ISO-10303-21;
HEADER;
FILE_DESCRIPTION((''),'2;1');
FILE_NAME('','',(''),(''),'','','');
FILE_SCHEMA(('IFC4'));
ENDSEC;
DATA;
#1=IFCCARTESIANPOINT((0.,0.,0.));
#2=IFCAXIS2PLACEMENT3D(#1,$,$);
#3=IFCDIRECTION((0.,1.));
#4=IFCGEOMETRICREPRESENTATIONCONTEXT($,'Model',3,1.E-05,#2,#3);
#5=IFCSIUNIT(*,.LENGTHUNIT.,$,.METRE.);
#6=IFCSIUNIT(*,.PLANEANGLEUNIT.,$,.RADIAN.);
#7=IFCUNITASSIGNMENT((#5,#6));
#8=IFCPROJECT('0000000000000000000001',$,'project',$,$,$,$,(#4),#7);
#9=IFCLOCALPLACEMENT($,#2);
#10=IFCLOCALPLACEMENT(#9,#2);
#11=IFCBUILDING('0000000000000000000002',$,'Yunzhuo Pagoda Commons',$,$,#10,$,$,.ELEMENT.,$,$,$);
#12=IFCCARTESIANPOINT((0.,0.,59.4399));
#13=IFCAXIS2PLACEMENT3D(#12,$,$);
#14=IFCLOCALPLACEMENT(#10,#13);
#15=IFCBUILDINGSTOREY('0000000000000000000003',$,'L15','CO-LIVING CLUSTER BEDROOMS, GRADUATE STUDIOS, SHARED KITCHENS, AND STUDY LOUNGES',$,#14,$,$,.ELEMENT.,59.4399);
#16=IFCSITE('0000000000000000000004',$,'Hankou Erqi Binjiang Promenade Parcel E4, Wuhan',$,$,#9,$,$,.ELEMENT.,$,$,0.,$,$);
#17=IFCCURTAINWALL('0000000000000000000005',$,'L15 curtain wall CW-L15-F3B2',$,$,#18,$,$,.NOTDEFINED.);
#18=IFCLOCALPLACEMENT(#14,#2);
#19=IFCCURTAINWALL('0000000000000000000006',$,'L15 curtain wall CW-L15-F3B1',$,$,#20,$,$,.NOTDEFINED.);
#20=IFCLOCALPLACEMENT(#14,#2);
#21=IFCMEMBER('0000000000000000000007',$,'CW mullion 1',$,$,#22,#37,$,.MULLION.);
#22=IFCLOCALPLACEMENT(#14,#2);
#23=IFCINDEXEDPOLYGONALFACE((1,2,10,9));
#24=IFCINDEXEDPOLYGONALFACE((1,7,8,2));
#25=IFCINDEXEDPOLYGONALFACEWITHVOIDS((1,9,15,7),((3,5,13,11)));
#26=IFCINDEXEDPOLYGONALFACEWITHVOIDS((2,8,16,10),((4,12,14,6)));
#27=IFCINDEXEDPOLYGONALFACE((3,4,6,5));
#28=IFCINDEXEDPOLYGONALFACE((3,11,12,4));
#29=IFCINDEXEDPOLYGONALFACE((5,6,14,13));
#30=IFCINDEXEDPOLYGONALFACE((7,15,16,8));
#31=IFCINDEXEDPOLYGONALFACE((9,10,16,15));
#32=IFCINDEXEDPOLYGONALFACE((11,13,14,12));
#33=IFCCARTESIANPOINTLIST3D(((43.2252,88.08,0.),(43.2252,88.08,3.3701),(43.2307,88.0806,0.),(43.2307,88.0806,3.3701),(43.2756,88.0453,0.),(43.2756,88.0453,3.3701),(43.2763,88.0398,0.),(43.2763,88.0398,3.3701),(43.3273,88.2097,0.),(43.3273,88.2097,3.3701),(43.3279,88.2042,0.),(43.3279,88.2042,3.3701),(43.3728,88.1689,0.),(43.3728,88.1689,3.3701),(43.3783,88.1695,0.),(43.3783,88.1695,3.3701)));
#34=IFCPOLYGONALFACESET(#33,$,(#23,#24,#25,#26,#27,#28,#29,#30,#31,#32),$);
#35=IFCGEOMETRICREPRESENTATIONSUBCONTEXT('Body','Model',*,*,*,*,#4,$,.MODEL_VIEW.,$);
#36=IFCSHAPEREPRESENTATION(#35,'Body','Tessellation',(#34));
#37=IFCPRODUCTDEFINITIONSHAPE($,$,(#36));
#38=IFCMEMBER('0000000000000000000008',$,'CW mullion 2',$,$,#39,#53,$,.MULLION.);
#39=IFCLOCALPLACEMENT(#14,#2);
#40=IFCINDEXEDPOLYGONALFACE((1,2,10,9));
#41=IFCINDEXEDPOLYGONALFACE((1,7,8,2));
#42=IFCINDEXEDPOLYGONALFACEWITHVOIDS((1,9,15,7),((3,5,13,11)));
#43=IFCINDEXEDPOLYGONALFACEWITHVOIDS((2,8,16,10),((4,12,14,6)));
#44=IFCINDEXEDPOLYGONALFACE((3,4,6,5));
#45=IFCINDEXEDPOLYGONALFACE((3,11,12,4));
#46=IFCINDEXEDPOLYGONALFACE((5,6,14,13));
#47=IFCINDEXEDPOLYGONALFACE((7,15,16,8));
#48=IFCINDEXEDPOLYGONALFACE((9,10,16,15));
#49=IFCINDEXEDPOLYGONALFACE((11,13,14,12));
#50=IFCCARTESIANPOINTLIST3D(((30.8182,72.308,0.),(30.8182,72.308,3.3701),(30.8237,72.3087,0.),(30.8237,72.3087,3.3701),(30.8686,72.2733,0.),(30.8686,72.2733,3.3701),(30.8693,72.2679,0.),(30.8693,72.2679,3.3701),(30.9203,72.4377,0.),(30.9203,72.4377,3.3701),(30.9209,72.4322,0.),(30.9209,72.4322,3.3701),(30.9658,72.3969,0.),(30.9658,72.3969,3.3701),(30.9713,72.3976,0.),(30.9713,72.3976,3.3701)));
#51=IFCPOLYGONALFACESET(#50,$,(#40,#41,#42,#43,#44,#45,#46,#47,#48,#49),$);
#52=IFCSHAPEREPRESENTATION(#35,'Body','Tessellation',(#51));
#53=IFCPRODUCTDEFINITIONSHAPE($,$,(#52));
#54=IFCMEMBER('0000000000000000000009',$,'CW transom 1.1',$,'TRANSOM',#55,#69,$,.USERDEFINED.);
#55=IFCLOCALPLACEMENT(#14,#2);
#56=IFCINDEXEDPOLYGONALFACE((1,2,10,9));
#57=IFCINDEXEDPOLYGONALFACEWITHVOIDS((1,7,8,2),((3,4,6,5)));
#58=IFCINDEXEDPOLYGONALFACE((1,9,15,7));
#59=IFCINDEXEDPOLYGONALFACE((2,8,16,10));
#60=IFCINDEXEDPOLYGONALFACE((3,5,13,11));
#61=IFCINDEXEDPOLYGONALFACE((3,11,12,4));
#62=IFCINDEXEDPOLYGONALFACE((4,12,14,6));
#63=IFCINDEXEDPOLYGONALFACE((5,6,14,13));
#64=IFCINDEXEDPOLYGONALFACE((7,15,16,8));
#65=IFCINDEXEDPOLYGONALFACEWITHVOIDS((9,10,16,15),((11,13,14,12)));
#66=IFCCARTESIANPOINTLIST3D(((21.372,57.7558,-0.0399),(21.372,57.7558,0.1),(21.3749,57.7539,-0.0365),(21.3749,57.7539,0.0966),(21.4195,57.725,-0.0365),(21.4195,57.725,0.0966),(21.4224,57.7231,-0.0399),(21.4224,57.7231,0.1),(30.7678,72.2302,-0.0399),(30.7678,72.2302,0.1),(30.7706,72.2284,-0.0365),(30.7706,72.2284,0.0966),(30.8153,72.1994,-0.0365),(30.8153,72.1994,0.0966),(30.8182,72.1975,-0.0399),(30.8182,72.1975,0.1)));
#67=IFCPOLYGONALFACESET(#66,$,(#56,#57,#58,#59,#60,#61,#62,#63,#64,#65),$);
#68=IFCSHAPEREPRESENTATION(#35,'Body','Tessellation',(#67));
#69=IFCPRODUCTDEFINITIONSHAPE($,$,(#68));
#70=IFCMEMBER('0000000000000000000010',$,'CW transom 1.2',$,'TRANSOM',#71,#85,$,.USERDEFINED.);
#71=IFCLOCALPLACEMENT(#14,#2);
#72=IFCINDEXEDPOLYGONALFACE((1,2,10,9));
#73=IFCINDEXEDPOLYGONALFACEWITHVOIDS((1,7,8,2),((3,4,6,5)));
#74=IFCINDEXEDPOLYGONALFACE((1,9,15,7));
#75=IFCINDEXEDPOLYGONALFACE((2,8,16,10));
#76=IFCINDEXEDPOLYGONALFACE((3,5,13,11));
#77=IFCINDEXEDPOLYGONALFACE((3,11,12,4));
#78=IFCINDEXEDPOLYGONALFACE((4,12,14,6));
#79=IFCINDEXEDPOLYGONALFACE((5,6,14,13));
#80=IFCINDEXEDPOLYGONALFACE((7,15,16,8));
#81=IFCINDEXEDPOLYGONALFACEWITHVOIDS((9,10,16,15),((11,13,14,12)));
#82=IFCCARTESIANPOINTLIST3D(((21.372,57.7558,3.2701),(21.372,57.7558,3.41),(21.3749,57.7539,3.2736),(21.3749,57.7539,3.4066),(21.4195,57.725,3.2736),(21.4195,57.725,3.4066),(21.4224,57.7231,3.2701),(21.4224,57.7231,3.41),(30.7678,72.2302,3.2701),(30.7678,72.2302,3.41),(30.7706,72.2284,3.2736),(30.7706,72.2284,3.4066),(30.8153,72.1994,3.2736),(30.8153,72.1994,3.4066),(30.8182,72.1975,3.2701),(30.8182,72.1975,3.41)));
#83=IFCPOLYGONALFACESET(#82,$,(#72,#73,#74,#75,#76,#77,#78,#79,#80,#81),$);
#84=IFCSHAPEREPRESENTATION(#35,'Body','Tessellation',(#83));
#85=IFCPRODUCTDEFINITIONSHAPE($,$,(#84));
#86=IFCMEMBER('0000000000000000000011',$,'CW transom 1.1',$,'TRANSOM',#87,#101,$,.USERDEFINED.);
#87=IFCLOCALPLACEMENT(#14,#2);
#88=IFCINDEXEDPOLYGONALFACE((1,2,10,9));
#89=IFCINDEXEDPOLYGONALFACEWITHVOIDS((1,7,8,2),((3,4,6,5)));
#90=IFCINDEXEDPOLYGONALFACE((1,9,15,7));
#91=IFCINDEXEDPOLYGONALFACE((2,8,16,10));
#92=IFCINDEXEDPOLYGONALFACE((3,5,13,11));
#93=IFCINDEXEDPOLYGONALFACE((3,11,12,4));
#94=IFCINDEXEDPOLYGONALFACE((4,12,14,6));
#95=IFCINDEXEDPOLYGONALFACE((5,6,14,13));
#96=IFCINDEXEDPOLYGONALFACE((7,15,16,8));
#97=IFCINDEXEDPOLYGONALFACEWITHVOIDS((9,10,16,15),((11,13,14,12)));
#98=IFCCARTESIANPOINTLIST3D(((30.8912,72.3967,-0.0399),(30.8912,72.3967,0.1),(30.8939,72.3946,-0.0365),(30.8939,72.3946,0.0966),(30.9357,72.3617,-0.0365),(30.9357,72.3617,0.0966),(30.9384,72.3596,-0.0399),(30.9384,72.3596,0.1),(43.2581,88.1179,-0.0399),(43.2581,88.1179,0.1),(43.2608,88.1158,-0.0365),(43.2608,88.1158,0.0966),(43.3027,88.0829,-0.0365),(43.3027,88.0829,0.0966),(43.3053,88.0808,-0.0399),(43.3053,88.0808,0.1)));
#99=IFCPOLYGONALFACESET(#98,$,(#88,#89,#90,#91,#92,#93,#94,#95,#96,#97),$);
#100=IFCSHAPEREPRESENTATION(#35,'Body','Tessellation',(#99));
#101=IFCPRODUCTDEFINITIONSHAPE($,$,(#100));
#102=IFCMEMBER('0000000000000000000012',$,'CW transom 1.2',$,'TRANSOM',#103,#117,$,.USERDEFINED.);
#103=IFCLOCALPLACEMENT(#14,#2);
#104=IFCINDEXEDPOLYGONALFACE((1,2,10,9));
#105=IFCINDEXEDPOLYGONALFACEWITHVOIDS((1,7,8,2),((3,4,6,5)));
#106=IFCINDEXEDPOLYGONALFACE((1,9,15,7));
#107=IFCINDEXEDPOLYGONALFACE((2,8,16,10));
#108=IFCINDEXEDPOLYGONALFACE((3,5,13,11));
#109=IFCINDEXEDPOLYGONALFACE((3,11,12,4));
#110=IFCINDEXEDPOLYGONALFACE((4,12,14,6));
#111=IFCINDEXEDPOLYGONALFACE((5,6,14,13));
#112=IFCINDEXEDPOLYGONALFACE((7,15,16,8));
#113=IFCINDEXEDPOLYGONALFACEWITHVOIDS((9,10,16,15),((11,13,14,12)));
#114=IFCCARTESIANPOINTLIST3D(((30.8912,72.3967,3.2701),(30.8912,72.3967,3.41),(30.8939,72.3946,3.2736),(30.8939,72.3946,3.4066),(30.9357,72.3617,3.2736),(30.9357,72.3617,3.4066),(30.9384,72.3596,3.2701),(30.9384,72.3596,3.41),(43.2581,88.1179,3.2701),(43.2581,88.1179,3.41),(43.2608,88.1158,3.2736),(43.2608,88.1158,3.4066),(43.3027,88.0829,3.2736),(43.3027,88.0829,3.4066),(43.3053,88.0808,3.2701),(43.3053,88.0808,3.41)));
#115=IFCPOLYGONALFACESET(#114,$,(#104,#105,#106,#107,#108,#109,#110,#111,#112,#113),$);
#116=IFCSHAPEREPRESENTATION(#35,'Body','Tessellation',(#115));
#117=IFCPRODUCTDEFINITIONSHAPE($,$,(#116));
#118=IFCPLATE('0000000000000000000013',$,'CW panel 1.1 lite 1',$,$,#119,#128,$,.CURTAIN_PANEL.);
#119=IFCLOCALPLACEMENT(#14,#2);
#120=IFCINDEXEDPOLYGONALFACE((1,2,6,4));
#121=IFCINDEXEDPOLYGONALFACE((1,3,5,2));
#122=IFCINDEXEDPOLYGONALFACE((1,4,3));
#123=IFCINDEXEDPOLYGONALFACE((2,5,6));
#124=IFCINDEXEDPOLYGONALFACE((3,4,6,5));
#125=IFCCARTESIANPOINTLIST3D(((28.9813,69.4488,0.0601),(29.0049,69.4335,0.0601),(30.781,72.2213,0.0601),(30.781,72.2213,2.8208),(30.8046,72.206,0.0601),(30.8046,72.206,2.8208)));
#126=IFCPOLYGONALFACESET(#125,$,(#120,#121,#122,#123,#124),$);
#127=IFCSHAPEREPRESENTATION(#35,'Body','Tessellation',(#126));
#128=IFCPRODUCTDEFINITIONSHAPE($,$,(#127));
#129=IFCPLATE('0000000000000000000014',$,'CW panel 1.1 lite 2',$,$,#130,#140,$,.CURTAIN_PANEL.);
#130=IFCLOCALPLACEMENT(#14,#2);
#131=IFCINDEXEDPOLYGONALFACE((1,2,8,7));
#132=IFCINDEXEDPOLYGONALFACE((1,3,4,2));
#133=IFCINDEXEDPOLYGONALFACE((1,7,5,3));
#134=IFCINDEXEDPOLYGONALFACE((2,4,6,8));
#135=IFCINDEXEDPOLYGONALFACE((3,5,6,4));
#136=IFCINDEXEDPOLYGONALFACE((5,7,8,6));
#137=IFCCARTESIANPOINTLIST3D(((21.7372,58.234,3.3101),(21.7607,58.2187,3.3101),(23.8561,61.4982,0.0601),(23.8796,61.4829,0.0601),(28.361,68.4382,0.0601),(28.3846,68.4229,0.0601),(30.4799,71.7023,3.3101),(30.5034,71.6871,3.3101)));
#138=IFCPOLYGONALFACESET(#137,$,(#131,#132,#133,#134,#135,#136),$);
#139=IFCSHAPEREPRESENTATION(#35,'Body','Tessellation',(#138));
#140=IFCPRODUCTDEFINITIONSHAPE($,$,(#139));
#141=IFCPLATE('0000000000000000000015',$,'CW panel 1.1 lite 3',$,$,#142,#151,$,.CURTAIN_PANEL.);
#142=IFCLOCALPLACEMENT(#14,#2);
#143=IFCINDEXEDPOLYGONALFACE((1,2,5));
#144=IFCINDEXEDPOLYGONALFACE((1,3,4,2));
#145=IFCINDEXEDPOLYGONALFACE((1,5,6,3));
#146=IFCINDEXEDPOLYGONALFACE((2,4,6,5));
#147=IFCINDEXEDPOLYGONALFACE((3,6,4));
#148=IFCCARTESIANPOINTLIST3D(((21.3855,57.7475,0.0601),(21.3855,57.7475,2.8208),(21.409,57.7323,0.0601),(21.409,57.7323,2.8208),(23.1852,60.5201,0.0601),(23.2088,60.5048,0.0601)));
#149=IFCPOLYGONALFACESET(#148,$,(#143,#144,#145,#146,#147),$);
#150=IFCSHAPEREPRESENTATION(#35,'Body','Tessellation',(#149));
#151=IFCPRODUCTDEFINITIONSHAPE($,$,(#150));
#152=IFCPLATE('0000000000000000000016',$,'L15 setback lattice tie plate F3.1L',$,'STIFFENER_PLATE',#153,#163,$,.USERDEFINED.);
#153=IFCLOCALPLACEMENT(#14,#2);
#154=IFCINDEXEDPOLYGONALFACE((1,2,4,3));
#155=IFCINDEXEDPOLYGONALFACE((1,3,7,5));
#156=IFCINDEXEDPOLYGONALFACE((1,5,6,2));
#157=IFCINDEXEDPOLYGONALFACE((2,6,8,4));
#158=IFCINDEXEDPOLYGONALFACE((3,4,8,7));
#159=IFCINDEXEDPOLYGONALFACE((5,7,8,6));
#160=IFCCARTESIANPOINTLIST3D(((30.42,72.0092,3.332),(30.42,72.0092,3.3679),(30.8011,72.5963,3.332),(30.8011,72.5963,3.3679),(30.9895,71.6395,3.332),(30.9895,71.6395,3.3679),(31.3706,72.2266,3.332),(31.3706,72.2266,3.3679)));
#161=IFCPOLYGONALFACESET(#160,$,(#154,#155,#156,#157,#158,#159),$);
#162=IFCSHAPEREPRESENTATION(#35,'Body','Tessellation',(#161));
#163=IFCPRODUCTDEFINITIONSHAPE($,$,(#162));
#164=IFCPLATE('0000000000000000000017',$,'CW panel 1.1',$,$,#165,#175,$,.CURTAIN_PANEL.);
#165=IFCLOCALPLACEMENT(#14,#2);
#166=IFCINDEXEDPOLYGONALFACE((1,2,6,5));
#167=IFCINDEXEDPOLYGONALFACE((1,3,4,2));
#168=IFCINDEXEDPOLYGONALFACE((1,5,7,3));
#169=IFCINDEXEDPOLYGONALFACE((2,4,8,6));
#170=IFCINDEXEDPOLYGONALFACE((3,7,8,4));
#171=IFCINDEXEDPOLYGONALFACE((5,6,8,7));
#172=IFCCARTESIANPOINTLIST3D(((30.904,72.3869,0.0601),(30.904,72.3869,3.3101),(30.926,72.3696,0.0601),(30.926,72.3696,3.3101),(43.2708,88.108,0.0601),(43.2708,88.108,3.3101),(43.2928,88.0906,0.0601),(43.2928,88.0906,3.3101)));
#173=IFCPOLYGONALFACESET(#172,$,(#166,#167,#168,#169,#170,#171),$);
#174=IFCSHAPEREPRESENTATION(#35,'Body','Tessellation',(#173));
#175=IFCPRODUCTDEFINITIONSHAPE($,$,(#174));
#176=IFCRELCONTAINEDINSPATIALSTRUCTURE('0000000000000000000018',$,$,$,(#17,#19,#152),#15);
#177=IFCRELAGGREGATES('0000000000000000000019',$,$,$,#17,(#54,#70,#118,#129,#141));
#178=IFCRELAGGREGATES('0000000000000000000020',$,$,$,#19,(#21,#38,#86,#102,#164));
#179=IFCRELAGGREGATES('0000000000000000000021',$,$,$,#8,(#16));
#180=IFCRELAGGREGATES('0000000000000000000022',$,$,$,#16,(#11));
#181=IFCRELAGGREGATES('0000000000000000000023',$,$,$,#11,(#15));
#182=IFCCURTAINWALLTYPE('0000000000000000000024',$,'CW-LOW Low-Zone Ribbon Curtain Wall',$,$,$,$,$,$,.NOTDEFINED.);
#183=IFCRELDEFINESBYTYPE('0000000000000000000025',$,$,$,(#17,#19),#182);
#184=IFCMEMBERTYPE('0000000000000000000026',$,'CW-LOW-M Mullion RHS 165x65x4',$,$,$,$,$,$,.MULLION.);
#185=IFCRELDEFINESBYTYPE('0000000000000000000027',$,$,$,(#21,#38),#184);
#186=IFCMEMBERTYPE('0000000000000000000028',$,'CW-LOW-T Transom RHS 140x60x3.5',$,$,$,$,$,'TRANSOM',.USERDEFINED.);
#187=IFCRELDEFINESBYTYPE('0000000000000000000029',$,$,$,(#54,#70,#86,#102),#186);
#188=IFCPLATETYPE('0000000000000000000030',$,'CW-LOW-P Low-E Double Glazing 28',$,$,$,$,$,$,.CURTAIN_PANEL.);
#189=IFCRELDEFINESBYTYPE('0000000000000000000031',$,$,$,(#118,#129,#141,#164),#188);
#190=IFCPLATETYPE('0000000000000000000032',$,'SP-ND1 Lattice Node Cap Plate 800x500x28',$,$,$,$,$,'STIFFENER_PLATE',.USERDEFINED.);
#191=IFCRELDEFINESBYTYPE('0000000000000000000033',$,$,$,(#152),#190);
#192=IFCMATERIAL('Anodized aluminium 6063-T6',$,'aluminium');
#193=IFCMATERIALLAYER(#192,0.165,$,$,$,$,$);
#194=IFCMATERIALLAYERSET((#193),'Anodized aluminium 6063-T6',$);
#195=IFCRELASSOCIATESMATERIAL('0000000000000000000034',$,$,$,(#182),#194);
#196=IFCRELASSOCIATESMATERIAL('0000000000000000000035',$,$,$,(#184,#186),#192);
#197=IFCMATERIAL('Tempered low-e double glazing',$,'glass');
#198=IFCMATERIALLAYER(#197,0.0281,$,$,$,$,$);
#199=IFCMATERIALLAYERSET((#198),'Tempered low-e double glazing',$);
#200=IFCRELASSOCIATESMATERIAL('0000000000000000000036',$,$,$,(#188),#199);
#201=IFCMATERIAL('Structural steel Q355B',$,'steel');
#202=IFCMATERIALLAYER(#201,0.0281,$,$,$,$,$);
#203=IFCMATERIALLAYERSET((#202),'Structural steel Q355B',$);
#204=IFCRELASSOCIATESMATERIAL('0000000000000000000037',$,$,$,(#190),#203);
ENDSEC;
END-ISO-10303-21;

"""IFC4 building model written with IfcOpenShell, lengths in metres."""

from ifc_helpers import new_model, si_unit, direction, frame, origin, origin_2d, place, context, subcontext, project, spatial, polyline, rectangle, hollow_rectangle, outline, extrude, source, transform, mapped, material, layer, layer_set, material_profile, profile_set, type_object, element, aggregate, save


model = new_model("IFC4")

# Units and contexts
model_context = context("Model", 3, precision=1e-05, world=origin(), true_north=direction((0.0, 1.0)))
body_context = subcontext(model_context, "Body", "Model", "MODEL_VIEW")
ifc_project = project(units=[si_unit("LENGTHUNIT", "METRE"), si_unit("PLANEANGLEUNIT", "RADIAN")], contexts=[model_context])

# Site, building, storey
site_placement = place(None, origin())
site = spatial("IfcSite", under=ifc_project, at=site_placement, Name="Hankou Erqi Binjiang Promenade Parcel E4, Wuhan", CompositionType="ELEMENT", RefElevation=0.0)
building_placement = place(site_placement, origin())
building = spatial("IfcBuilding", under=site, at=building_placement, Name="Yunzhuo Pagoda Commons", CompositionType="ELEMENT")
storey_placement = place(building_placement, frame((0.0, 0.0, 59.4399)))
storey = spatial("IfcBuildingStorey", under=building, at=storey_placement, Name="L15", Description="CO-LIVING CLUSTER BEDROOMS, GRADUATE STUDIOS, SHARED KITCHENS, AND STUDY LOUNGES", CompositionType="ELEMENT", Elevation=59.4399)

# Shared definitions
ifc_material_1 = material(Name="Structural steel Q355B", Category="steel")

# Curtain wall
ifc_material_2 = material(Name="Anodized aluminium 6063-T6", Category="aluminium")
ifc_layer_1 = layer(ifc_material_2, 0.165)
ifc_layer_set_1 = layer_set([ifc_layer_1], Name="Anodized aluminium 6063-T6")
curtain_wall_type = type_object("IfcCurtainWallType", Name="CW-LOW Low-Zone Ribbon Curtain Wall", PredefinedType="NOTDEFINED", material=ifc_layer_set_1)
curtain_wall_1_placement = place(storey_placement, origin())
curtain_wall_1 = element("IfcCurtainWall", 1, at=curtain_wall_1_placement, inside=storey, type_object=curtain_wall_type, Name="L15 curtain wall CW-L15-F3B2", PredefinedType="NOTDEFINED")
ifc_material_profile_1 = material_profile(ifc_material_2, hollow_rectangle(XDim=0.0649, YDim=0.165, WallThickness=0.0039, at=origin_2d()), Name="Anodized aluminium 6063-T6")
ifc_profile_set_1 = profile_set([ifc_material_profile_1], Name="Anodized aluminium 6063-T6")
member_type_1 = type_object("IfcMemberType", Name="CW-LOW-M Mullion RHS 165x65x4", PredefinedType="MULLION", material=ifc_profile_set_1)
shared_shape_1 = source(origin(), body_context, "Body", "SweptSolid", [
    extrude(hollow_rectangle(XDim=0.0649, YDim=0.165, WallThickness=0.0039, at=origin_2d()), origin(), (0.0, 0.0, 1.0), 3.3701),
])

# Curtain wall, members
curtain_wall_2_placement = place(storey_placement, origin())
curtain_wall_2 = element("IfcCurtainWall", 2, at=curtain_wall_2_placement, inside=storey, type_object=curtain_wall_type, Name="L15 curtain wall CW-L15-F3B1", PredefinedType="NOTDEFINED")
member_1_placement = place(storey_placement, frame((43.3018, 88.1248, 0.0), z_axis=(0.0, 0.0, 1.0), x_axis=(0.785964, -0.618272, 0.0)))
member_1 = element("IfcMember", 3, at=member_1_placement, type_object=member_type_1, Name="CW mullion 1", PredefinedType="MULLION", context=body_context, shape_type="MappedRepresentation", body=[
    mapped(shared_shape_1, transform((0.0, 0.0, 0.0), scale=1.0)),
])
member_2_placement = place(storey_placement, frame((30.8948, 72.3528, 0.0), z_axis=(0.0, 0.0, 1.0), x_axis=(0.785964, -0.618272, 0.0)))
member_2 = element("IfcMember", 4, at=member_2_placement, type_object=member_type_1, Name="CW mullion 2", PredefinedType="MULLION", context=body_context, shape_type="MappedRepresentation", body=[
    mapped(shared_shape_1, transform((0.0, 0.0, 0.0), scale=1.0)),
])

# Members
ifc_material_profile_2 = material_profile(ifc_material_2, hollow_rectangle(XDim=0.0601, YDim=0.1399, WallThickness=0.0034, at=origin_2d()), Name="Anodized aluminium 6063-T6")
ifc_profile_set_2 = profile_set([ifc_material_profile_2], Name="Anodized aluminium 6063-T6")
member_type_2 = type_object("IfcMemberType", Name="CW-LOW-T Transom RHS 140x60x3.5", ElementType="TRANSOM", PredefinedType="USERDEFINED", material=ifc_profile_set_2)
shared_shape_2 = source(origin(), body_context, "Body", "SweptSolid", [
    extrude(hollow_rectangle(XDim=0.0601, YDim=0.1399, WallThickness=0.0034, at=origin_2d()), origin(), (0.0, 0.0, 1.0), 17.2566),
])
member_3_placement = place(storey_placement, frame((30.793, 72.2139, 0.03), z_axis=(-0.544476, -0.838777, 0.0), x_axis=(0.838777, -0.544476, 0.0)))
member_3 = element("IfcMember", 5, at=member_3_placement, type_object=member_type_2, Name="CW transom 1.1", ObjectType="TRANSOM", PredefinedType="USERDEFINED", context=body_context, shape_type="MappedRepresentation", body=[
    mapped(shared_shape_2, transform((0.0, 0.0, 0.0), scale=1.0)),
])
member_4_placement = place(storey_placement, frame((30.793, 72.2139, 3.3401), z_axis=(-0.544476, -0.838777, 0.0), x_axis=(0.838777, -0.544476, 0.0)))
member_4 = element("IfcMember", 6, at=member_4_placement, type_object=member_type_2, Name="CW transom 1.2", ObjectType="TRANSOM", PredefinedType="USERDEFINED", context=body_context, shape_type="MappedRepresentation", body=[
    mapped(shared_shape_2, transform((0.0, 0.0, 0.0), scale=1.0)),
])
shared_shape_3 = source(origin(), body_context, "Body", "SweptSolid", [
    extrude(hollow_rectangle(XDim=0.0601, YDim=0.1399, WallThickness=0.0034, at=origin_2d()), origin(), (0.0, 0.0, 1.0), 20.0024),
])
member_5_placement = place(storey_placement, frame((43.2817, 88.0994, 0.03), z_axis=(-0.618272, -0.785964, 0.0), x_axis=(0.785964, -0.618272, 0.0)))
member_5 = element("IfcMember", 7, at=member_5_placement, type_object=member_type_2, Name="CW transom 1.1", ObjectType="TRANSOM", PredefinedType="USERDEFINED", context=body_context, shape_type="MappedRepresentation", body=[
    mapped(shared_shape_3, transform((0.0, 0.0, 0.0), scale=1.0)),
])
member_6_placement = place(storey_placement, frame((43.2817, 88.0994, 3.3401), z_axis=(-0.618272, -0.785964, 0.0), x_axis=(0.785964, -0.618272, 0.0)))
member_6 = element("IfcMember", 8, at=member_6_placement, type_object=member_type_2, Name="CW transom 1.2", ObjectType="TRANSOM", PredefinedType="USERDEFINED", context=body_context, shape_type="MappedRepresentation", body=[
    mapped(shared_shape_3, transform((0.0, 0.0, 0.0), scale=1.0)),
])

# Plates
ifc_material_3 = material(Name="Tempered low-e double glazing", Category="glass")
ifc_layer_2 = layer(ifc_material_3, 0.0281)
ifc_layer_set_2 = layer_set([ifc_layer_2], Name="Tempered low-e double glazing")
plate_type_1 = type_object("IfcPlateType", Name="CW-LOW-P Low-E Double Glazing 28", PredefinedType="CURTAIN_PANEL", material=ifc_layer_set_2)
plate_1_placement = place(storey_placement, frame((29.9048, 70.8198, 1.4404), z_axis=(-0.838777, 0.544476, 0.0), x_axis=(-0.544476, -0.838777, 0.0)))
plate_1 = element("IfcPlate", 9, at=plate_1_placement, type_object=plate_type_1, Name="CW panel 1.1 lite 1", PredefinedType="CURTAIN_PANEL", context=body_context, shape_type="SweptSolid", body=[
    extrude(outline(polyline([(-1.6526, -1.3804), (1.6528, -1.3804), (-1.6526, 1.3804), (-1.6526, -1.3804)])), origin(), (0.0, 0.0, 1.0), 0.0281),
])
plate_2_placement = place(storey_placement, frame((26.1321, 64.9529, 1.6851), z_axis=(-0.838777, 0.544476, 0.0), x_axis=(-0.544476, -0.838777, 0.0)))
plate_2 = element("IfcPlate", 10, at=plate_2_placement, type_object=plate_type_1, Name="CW panel 1.1 lite 2", PredefinedType="CURTAIN_PANEL", context=body_context, shape_type="SweptSolid", body=[
    extrude(outline(polyline([(-8.0286, 1.625), (-4.137, -1.625), (4.137, -1.625), (8.0286, 1.625), (-8.0286, 1.625)])), origin(), (0.0, 0.0, 1.0), 0.0281),
])
plate_3_placement = place(storey_placement, frame((22.3088, 59.1184, 1.4404), z_axis=(-0.838777, 0.544476, 0.0), x_axis=(-0.544476, -0.838777, 0.0)))
plate_3 = element("IfcPlate", 11, at=plate_3_placement, type_object=plate_type_1, Name="CW panel 1.1 lite 3", PredefinedType="CURTAIN_PANEL", context=body_context, shape_type="SweptSolid", body=[
    extrude(outline(polyline([(-1.6528, -1.3804), (1.6526, -1.3804), (1.6526, 1.3804), (-1.6528, -1.3804)])), origin(), (0.0, 0.0, 1.0), 0.0281),
])
aggregate(curtain_wall_1, [member_3, member_4, plate_1, plate_2, plate_3])
ifc_layer_3 = layer(ifc_material_1, 0.0281)
ifc_layer_set_3 = layer_set([ifc_layer_3], Name="Structural steel Q355B")
plate_type_2 = type_object("IfcPlateType", Name="SP-ND1 Lattice Node Cap Plate 800x500x28", ElementType="STIFFENER_PLATE", PredefinedType="USERDEFINED", material=ifc_layer_set_3)
shared_shape_4 = source(origin(), body_context, "Body", "SweptSolid", [
    extrude(rectangle(XDim=0.7, YDim=0.679, at=origin_2d()), origin(), (0.0, 0.0, 1.0), 0.0359),
])
plate_4_placement = place(storey_placement, frame((30.8953, 72.1179, 3.332), z_axis=(0.0, 0.0, 1.0), x_axis=(-0.544478, -0.838775, 0.0)))
element("IfcPlate", 12, at=plate_4_placement, inside=storey, type_object=plate_type_2, Name="L15 setback lattice tie plate F3.1L", ObjectType="STIFFENER_PLATE", PredefinedType="USERDEFINED", context=body_context, shape_type="MappedRepresentation", body=[
    mapped(shared_shape_4, transform((0.0, 0.0, 0.0), scale=1.0)),
])
shared_shape_5 = source(origin(), body_context, "Body", "SweptSolid", [
    extrude(rectangle(XDim=20.0022, YDim=0.0281, at=origin_2d()), origin(), (0.0, 0.0, 1.0), 3.25),
])
plate_5_placement = place(storey_placement, frame((37.0984, 80.2388, 0.0601), z_axis=(0.0, 0.0, 1.0), x_axis=(-0.618272, -0.785964, 0.0)))
plate_5 = element("IfcPlate", 13, at=plate_5_placement, type_object=plate_type_1, Name="CW panel 1.1", PredefinedType="CURTAIN_PANEL", context=body_context, shape_type="MappedRepresentation", body=[
    mapped(shared_shape_5, transform((0.0, 0.0, 0.0), scale=1.0)),
])
aggregate(curtain_wall_2, [member_1, member_2, member_5, member_6, plate_5])

save(model, "model.ifc")
